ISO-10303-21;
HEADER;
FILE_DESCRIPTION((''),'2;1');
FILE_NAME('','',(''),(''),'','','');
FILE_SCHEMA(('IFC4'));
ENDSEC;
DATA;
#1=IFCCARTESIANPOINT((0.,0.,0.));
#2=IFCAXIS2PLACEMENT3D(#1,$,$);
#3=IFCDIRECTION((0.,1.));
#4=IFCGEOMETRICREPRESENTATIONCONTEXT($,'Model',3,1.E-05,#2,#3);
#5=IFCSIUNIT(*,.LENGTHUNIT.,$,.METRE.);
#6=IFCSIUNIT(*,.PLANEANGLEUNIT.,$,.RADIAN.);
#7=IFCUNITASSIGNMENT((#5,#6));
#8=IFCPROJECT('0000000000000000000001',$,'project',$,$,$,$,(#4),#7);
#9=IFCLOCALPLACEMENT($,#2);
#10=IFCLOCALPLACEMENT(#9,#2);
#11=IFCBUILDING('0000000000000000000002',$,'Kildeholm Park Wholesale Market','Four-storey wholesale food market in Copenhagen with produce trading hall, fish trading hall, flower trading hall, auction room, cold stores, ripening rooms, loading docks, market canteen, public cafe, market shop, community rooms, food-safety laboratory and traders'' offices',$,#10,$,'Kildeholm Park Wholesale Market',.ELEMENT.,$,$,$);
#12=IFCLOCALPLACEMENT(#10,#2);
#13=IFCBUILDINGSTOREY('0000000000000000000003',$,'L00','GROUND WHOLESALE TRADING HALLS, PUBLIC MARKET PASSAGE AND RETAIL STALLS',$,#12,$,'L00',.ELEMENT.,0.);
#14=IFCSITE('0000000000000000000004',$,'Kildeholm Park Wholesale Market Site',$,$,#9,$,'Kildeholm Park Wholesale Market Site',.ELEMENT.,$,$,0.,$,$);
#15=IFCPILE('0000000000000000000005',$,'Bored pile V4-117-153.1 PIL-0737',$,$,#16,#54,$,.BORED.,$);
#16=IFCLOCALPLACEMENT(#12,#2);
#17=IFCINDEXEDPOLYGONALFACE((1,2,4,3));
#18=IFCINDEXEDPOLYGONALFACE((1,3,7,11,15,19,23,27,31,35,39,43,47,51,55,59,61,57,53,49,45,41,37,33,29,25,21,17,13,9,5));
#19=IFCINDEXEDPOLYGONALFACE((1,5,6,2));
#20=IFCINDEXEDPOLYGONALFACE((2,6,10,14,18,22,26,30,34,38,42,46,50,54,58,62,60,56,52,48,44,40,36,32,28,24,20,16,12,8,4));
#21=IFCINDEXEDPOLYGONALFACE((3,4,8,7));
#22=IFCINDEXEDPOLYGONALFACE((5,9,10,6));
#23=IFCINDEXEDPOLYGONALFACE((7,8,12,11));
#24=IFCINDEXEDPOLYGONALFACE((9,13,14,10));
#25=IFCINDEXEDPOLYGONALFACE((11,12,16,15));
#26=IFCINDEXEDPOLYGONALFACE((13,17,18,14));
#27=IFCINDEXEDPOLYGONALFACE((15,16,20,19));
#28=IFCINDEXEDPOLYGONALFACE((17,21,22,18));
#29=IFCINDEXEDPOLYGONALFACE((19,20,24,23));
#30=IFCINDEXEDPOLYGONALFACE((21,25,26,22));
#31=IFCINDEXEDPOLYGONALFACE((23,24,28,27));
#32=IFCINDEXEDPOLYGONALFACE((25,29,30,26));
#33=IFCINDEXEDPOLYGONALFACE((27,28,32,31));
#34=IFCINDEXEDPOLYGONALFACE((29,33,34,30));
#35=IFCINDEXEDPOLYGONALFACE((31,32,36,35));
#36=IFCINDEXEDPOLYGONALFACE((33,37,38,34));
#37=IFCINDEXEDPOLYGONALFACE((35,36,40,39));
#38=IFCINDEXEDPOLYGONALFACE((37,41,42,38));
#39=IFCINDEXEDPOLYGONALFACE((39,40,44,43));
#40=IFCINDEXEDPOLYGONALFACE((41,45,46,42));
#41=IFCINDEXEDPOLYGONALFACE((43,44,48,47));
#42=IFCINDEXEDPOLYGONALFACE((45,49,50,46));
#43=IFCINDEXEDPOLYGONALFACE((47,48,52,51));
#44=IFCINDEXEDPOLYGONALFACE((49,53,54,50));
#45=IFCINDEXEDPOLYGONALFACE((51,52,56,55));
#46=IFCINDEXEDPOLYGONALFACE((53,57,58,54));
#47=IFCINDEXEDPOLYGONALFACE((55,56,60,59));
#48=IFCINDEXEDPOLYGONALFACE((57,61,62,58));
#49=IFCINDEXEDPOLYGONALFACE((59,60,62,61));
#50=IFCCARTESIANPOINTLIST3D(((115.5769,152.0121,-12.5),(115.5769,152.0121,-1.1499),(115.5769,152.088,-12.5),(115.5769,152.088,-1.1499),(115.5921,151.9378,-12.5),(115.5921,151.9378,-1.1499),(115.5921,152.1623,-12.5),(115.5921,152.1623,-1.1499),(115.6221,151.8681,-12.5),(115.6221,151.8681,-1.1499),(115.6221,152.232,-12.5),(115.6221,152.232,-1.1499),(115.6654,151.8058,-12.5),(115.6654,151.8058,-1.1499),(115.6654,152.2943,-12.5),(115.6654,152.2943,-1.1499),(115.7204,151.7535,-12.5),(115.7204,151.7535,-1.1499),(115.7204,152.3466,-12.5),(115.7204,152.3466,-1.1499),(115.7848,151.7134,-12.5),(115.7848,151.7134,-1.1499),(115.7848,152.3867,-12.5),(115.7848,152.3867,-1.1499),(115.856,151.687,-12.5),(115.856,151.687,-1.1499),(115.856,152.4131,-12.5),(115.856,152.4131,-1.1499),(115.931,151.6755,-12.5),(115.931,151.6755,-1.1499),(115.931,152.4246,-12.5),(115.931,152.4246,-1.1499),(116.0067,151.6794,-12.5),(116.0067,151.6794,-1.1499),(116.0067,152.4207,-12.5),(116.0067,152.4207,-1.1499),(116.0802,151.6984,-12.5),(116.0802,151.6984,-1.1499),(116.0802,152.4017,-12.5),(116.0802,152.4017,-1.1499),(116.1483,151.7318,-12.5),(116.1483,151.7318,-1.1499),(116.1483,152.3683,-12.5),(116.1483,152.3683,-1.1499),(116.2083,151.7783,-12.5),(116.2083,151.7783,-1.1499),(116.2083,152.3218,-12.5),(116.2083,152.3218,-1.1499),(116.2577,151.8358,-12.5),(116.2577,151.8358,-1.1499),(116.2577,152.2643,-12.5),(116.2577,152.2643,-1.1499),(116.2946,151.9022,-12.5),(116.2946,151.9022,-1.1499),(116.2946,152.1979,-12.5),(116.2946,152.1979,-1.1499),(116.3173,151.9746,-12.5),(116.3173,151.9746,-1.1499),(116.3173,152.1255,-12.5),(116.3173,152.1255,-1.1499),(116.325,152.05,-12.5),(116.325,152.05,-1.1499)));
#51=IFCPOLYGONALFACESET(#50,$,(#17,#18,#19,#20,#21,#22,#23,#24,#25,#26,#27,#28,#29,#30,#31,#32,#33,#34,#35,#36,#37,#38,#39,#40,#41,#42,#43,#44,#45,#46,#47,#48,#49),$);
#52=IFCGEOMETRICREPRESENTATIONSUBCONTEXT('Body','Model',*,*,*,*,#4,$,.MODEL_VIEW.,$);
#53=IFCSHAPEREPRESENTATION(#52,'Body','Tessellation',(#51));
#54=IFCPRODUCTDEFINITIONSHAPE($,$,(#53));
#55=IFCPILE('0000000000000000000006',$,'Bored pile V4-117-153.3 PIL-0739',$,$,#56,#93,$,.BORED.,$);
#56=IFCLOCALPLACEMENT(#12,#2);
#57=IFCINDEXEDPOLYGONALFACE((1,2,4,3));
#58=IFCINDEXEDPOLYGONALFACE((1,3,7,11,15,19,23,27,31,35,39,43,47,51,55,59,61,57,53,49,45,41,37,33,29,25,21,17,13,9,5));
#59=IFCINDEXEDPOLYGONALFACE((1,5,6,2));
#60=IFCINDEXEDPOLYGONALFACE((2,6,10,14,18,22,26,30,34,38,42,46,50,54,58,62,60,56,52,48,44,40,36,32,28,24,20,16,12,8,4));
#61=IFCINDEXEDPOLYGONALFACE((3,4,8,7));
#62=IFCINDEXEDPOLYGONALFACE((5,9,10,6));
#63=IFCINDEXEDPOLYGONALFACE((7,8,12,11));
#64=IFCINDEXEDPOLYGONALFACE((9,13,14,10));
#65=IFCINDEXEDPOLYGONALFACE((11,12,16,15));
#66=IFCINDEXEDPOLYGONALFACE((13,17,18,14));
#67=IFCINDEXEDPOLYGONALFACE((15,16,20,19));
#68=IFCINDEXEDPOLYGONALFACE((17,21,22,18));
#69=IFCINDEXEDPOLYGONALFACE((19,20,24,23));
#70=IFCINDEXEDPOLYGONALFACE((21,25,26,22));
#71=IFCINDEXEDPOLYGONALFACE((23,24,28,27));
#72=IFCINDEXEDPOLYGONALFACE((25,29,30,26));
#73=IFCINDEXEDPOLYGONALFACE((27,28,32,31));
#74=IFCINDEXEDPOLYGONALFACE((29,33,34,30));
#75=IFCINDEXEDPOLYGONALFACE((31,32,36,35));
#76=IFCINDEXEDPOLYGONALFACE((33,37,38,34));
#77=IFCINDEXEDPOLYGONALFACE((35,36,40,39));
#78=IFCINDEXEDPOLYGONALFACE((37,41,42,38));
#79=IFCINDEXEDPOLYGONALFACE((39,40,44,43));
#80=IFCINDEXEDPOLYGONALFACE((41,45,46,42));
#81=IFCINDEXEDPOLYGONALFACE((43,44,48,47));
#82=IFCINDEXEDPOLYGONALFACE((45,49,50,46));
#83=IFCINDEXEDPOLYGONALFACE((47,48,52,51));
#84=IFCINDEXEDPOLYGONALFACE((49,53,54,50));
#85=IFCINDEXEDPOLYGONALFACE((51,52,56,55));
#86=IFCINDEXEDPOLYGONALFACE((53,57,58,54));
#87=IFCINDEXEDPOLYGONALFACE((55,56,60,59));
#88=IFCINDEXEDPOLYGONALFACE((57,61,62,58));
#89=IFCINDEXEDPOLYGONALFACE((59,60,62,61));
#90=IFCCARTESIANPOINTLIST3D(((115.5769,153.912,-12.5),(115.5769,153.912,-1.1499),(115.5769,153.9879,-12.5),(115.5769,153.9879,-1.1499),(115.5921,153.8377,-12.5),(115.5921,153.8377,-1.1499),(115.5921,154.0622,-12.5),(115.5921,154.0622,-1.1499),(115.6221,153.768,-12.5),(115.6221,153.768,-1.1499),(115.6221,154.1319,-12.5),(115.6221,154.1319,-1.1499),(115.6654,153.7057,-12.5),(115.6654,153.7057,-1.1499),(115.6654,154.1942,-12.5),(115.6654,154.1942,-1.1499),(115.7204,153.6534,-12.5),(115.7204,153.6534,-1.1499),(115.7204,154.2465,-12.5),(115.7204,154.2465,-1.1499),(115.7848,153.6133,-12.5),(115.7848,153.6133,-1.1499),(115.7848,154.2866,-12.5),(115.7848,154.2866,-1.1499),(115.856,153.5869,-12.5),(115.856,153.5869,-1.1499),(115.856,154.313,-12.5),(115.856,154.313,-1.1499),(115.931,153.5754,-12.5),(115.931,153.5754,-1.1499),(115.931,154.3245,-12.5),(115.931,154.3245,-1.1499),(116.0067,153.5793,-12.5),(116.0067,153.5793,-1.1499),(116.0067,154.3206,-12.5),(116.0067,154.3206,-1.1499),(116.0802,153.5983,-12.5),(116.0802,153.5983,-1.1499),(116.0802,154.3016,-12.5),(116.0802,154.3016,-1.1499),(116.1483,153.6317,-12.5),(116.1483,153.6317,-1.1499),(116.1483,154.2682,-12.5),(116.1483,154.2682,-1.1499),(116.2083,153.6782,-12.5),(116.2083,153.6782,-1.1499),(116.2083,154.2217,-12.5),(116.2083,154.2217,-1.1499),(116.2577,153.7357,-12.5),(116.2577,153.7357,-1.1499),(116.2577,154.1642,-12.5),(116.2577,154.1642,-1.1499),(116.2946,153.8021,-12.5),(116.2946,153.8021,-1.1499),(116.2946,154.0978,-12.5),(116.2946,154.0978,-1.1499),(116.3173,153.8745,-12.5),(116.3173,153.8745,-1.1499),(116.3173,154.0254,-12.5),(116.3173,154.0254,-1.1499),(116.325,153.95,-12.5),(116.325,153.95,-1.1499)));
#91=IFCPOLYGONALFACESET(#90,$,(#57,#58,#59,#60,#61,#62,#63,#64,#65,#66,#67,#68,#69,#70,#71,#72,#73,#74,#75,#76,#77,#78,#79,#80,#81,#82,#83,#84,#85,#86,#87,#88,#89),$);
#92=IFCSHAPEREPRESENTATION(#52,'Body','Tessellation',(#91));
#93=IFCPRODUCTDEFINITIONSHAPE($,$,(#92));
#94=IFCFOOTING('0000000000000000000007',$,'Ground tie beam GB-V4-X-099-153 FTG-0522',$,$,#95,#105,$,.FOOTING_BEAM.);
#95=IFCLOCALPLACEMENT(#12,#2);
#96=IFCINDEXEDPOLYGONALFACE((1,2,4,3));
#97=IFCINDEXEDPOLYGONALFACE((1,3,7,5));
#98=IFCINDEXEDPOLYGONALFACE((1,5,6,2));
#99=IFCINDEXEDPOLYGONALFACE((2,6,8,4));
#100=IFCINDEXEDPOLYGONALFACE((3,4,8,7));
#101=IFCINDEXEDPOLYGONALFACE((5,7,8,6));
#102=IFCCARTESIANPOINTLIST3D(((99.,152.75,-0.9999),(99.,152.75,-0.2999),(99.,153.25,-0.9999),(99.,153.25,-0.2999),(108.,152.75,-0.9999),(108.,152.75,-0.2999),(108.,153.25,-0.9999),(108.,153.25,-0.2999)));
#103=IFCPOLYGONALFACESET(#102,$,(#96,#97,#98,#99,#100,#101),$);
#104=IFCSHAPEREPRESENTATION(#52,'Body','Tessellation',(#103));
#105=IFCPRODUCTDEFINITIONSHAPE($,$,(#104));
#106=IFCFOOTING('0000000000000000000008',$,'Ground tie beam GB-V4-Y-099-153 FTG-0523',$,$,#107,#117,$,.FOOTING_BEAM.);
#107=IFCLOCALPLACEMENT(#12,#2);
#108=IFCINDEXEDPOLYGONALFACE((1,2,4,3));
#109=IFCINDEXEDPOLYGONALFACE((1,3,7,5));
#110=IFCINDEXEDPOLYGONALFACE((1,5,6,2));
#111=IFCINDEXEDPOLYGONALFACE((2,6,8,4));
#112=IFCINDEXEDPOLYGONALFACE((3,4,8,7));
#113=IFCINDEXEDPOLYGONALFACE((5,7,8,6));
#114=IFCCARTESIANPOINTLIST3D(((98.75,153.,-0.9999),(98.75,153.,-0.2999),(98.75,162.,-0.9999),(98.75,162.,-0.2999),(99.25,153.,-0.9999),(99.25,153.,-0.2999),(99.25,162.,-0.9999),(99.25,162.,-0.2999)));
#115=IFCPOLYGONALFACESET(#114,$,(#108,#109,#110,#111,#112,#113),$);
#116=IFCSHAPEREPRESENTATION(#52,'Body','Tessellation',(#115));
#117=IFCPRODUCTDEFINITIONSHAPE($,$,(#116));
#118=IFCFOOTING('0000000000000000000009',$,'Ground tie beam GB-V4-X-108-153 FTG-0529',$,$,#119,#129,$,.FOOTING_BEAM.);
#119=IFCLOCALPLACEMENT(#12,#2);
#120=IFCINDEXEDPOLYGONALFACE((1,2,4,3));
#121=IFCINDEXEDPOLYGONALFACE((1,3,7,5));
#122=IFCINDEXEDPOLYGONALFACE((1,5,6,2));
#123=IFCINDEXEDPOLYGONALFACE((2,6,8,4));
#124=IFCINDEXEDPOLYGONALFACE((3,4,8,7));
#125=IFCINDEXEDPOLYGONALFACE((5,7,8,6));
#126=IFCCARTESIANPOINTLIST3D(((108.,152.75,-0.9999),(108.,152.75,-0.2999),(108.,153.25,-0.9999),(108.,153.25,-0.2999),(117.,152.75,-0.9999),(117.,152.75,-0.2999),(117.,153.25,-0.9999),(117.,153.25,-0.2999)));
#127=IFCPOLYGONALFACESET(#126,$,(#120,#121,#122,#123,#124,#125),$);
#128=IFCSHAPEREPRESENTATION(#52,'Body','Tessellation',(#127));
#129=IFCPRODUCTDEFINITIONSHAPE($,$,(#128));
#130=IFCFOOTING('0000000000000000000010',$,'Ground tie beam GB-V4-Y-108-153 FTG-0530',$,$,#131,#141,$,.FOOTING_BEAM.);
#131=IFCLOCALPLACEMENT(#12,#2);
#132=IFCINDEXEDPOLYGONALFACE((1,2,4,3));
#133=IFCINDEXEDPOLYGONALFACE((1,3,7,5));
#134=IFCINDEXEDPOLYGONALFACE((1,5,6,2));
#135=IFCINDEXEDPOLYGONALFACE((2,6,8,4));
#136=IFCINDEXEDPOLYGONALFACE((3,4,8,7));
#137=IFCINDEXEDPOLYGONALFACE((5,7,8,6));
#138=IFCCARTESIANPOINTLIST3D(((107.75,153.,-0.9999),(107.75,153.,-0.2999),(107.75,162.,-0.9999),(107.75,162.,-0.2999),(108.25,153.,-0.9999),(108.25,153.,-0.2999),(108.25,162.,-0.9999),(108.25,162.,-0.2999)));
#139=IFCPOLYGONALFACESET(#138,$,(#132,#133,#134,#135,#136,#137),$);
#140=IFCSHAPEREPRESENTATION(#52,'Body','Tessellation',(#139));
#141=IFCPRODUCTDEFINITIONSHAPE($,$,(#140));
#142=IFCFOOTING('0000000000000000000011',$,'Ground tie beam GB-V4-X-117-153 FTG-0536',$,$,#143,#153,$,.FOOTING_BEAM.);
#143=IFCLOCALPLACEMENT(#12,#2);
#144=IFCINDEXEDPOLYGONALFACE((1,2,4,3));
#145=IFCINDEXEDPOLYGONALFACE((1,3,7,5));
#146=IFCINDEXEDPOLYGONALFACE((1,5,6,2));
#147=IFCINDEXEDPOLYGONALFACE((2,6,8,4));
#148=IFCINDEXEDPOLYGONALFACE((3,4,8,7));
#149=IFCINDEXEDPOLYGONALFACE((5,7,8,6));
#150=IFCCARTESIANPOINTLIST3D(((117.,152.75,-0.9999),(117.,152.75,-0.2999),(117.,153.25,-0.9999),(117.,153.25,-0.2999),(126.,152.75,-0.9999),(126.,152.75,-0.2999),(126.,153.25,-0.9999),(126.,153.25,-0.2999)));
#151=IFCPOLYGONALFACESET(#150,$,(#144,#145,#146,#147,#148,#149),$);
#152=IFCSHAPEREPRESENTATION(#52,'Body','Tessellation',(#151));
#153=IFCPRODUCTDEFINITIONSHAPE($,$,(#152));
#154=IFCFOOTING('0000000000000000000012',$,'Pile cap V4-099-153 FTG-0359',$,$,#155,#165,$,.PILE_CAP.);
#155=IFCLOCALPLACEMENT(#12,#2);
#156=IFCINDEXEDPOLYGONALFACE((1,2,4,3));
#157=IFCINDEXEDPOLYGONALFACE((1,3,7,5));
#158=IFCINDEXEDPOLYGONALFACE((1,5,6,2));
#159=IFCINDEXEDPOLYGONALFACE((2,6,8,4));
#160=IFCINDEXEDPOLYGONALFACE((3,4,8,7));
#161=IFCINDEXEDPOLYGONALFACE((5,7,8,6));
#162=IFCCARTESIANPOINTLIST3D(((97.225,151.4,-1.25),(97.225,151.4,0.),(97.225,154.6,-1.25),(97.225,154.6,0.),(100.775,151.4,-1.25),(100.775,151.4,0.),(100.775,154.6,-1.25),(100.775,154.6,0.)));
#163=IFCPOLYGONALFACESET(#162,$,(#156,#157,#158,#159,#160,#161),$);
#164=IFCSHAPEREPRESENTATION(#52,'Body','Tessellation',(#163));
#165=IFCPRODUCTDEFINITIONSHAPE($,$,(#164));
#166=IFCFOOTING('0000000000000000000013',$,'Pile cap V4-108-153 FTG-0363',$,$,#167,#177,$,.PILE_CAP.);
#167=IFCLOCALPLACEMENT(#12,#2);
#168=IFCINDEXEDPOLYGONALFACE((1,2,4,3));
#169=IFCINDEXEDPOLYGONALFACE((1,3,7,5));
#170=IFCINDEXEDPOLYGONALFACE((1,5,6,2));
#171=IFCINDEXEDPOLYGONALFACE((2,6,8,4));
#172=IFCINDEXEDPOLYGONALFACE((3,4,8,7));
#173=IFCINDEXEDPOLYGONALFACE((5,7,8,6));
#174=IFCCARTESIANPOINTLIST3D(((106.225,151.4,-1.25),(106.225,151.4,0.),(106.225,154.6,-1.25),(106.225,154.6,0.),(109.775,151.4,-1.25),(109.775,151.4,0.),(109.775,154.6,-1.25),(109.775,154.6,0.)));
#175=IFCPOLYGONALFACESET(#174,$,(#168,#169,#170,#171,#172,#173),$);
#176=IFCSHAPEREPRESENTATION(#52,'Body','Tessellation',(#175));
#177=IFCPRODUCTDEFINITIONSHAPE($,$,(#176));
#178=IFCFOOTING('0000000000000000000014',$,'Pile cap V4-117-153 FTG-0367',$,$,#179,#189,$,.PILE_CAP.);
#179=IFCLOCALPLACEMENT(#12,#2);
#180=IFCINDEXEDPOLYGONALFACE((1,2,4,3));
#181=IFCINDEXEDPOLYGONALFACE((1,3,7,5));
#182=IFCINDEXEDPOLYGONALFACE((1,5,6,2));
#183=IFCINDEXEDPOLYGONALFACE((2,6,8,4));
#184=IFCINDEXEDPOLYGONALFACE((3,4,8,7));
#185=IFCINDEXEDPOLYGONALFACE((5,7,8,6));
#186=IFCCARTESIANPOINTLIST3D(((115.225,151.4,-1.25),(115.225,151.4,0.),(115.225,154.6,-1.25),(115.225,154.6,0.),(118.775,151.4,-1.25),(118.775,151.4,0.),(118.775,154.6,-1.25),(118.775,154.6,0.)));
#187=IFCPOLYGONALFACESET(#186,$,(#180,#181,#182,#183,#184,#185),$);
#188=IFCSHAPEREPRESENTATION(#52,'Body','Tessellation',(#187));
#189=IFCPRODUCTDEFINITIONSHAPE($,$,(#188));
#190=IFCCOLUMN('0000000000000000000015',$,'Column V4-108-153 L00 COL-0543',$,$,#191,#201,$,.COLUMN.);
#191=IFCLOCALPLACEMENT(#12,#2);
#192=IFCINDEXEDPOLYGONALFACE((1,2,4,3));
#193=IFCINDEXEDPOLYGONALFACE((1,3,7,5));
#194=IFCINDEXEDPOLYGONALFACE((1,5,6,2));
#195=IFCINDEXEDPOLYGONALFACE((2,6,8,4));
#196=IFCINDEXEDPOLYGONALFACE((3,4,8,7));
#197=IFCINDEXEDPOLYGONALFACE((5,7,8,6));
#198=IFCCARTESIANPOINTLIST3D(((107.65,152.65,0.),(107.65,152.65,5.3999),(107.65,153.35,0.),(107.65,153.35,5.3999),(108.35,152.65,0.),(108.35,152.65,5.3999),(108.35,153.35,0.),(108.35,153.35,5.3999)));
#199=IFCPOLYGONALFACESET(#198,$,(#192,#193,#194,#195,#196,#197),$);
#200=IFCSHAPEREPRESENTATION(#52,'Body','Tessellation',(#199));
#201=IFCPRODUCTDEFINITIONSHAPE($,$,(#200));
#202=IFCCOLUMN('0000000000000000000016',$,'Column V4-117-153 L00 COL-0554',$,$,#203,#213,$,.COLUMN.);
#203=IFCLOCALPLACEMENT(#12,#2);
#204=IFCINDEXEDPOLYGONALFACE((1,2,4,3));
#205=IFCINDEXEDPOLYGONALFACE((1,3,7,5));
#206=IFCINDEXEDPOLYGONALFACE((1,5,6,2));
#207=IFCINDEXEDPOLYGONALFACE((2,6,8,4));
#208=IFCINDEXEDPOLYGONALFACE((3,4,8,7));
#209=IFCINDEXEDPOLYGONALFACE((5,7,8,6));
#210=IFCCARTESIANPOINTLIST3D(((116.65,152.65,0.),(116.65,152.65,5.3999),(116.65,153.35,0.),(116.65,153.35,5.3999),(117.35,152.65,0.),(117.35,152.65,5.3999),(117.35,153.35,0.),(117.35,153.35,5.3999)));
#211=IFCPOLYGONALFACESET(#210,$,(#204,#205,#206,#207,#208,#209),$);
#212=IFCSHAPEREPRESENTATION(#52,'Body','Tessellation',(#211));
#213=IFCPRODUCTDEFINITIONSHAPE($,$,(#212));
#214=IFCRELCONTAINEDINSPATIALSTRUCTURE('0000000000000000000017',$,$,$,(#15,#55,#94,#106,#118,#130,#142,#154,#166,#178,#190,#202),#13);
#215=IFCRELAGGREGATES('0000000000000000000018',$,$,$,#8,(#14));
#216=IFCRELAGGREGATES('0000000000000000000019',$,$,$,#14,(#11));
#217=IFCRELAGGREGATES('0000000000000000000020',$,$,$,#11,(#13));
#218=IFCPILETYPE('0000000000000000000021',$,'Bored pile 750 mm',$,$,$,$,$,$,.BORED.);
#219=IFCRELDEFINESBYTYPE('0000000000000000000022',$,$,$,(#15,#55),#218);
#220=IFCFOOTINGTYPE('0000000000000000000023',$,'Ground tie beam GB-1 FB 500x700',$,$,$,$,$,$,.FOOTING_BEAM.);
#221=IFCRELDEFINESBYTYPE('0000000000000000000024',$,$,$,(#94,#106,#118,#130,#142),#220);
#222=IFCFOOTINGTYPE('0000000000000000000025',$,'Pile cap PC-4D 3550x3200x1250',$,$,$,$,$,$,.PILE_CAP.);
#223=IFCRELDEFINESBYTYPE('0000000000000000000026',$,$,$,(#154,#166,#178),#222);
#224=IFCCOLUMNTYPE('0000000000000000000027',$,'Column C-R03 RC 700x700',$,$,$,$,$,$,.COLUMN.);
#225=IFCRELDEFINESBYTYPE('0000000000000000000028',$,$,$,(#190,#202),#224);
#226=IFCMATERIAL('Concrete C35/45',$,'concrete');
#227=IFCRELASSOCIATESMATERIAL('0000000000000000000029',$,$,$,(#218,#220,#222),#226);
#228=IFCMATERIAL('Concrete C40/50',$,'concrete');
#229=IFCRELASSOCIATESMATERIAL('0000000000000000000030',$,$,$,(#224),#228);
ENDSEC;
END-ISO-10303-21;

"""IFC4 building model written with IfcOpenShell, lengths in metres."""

from ifc_helpers import new_model, si_unit, direction, frame, origin, origin_2d, place, context, subcontext, project, spatial, rectangle, circle, extrude, material, material_profile, profile_set, type_object, element, save


model = new_model("IFC4")

# Units and contexts
model_context = context("Model", 3, precision=1e-05, world=origin(), true_north=direction((0.0, 1.0)))
body_context = subcontext(model_context, "Body", "Model", "MODEL_VIEW")
ifc_project = project(units=[si_unit("LENGTHUNIT", "METRE"), si_unit("PLANEANGLEUNIT", "RADIAN")], contexts=[model_context])

# Site, building, storey
site_placement = place(None, origin())
site = spatial("IfcSite", under=ifc_project, at=site_placement, Name="Kildeholm Park Wholesale Market Site", LongName="Kildeholm Park Wholesale Market Site", CompositionType="ELEMENT", RefElevation=0.0)
building_placement = place(site_placement, origin())
building = spatial("IfcBuilding", under=site, at=building_placement, Name="Kildeholm Park Wholesale Market", Description="Four-storey wholesale food market in Copenhagen with produce trading hall, fish trading hall, flower trading hall, auction room, cold stores, ripening rooms, loading docks, market canteen, public cafe, market shop, community rooms, food-safety laboratory and traders' offices", LongName="Kildeholm Park Wholesale Market", CompositionType="ELEMENT")
storey_placement = place(building_placement, origin())
storey = spatial("IfcBuildingStorey", under=building, at=storey_placement, Name="L00", Description="GROUND WHOLESALE TRADING HALLS, PUBLIC MARKET PASSAGE AND RETAIL STALLS", LongName="L00", CompositionType="ELEMENT", Elevation=0.0)

# Piles
ifc_material_1 = material(Name="Concrete C35/45", Category="concrete")
ifc_material_profile_1 = material_profile(ifc_material_1, circle(Radius=0.375, at=origin_2d()), Name="PILE D750")
ifc_profile_set_1 = profile_set([ifc_material_profile_1], Name="Concrete C35/45")
pile_type = type_object("IfcPileType", Name="Bored pile 750 mm", PredefinedType="BORED", material=ifc_profile_set_1)
for number, where, z_axis, x_axis, name in (
    (1, (115.95, 152.05, -1.1499), (0.0, 0.0, -1.0), (1.0, 0.0, 0.0), "Bored pile V4-117-153.1 PIL-0737"),
    (2, (115.95, 153.95, -1.1499), (0.0, 0.0, -1.0), (1.0, 0.0, 0.0), "Bored pile V4-117-153.3 PIL-0739"),
):
    element("IfcPile", number, at=place(storey_placement, frame(where, z_axis=z_axis, x_axis=x_axis)), inside=storey, type_object=pile_type, Name=name, PredefinedType="BORED", context=body_context, shape_type="SweptSolid", body=[
        extrude(circle(Radius=0.375, at=origin_2d()), origin(), (0.0, 0.0, 1.0), 11.3501),
    ])

# Footings
ifc_material_profile_2 = material_profile(ifc_material_1, rectangle(XDim=0.5, YDim=0.7, at=origin_2d()), Name="FB 500x700")
ifc_profile_set_2 = profile_set([ifc_material_profile_2], Name="Concrete C35/45")
footing_type_1 = type_object("IfcFootingType", Name="Ground tie beam GB-1 FB 500x700", PredefinedType="FOOTING_BEAM", material=ifc_profile_set_2)
for number, where, z_axis, x_axis, name in (
    (3, (99.0, 153.0, -0.6499), (1.0, 0.0, 0.0), (0.0, 1.0, 0.0), "Ground tie beam GB-V4-X-099-153 FTG-0522"),
    (4, (99.0, 153.0, -0.6499), (0.0, 1.0, 0.0), (-1.0, 0.0, 0.0), "Ground tie beam GB-V4-Y-099-153 FTG-0523"),
    (5, (108.0, 153.0, -0.6499), (1.0, 0.0, 0.0), (0.0, 1.0, 0.0), "Ground tie beam GB-V4-X-108-153 FTG-0529"),
    (6, (108.0, 153.0, -0.6499), (0.0, 1.0, 0.0), (-1.0, 0.0, 0.0), "Ground tie beam GB-V4-Y-108-153 FTG-0530"),
    (7, (117.0, 153.0, -0.6499), (1.0, 0.0, 0.0), (0.0, 1.0, 0.0), "Ground tie beam GB-V4-X-117-153 FTG-0536"),
):
    element("IfcFooting", number, at=place(storey_placement, frame(where, z_axis=z_axis, x_axis=x_axis)), inside=storey, type_object=footing_type_1, Name=name, PredefinedType="FOOTING_BEAM", context=body_context, shape_type="SweptSolid", body=[
        extrude(rectangle(XDim=0.5, YDim=0.7, at=origin_2d()), origin(), (0.0, 0.0, 1.0), 9.0),
    ])
footing_type_2 = type_object("IfcFootingType", Name="Pile cap PC-4D 3550x3200x1250", PredefinedType="PILE_CAP", material=ifc_material_1)
for number, where, z_axis, x_axis, name in (
    (8, (99.0, 153.0, -1.25), (0.0, 0.0, 1.0), (1.0, 0.0, 0.0), "Pile cap V4-099-153 FTG-0359"),
    (9, (108.0, 153.0, -1.25), (0.0, 0.0, 1.0), (1.0, 0.0, 0.0), "Pile cap V4-108-153 FTG-0363"),
    (10, (117.0, 153.0, -1.25), (0.0, 0.0, 1.0), (1.0, 0.0, 0.0), "Pile cap V4-117-153 FTG-0367"),
):
    element("IfcFooting", number, at=place(storey_placement, frame(where, z_axis=z_axis, x_axis=x_axis)), inside=storey, type_object=footing_type_2, Name=name, PredefinedType="PILE_CAP", context=body_context, shape_type="SweptSolid", body=[
        extrude(rectangle(XDim=3.55, YDim=3.2, at=origin_2d()), origin(), (0.0, 0.0, 1.0), 1.25),
    ])

# Columns
ifc_material_2 = material(Name="Concrete C40/50", Category="concrete")
ifc_material_profile_3 = material_profile(ifc_material_2, rectangle(XDim=0.7, YDim=0.7, at=origin_2d()), Name="RC 700x700")
ifc_profile_set_3 = profile_set([ifc_material_profile_3], Name="Concrete C40/50")
column_type_1 = type_object("IfcColumnType", Name="Column C-R03 RC 700x700", PredefinedType="COLUMN", material=ifc_profile_set_3)
for number, where, z_axis, x_axis, name in (
    (11, (108.0, 153.0, 0.0), (0.0, 0.0, 1.0), (1.0, 0.0, 0.0), "Column V4-108-153 L00 COL-0543"),
    (12, (117.0, 153.0, 0.0), (0.0, 0.0, 1.0), (1.0, 0.0, 0.0), "Column V4-117-153 L00 COL-0554"),
):
    element("IfcColumn", number, at=place(storey_placement, frame(where, z_axis=z_axis, x_axis=x_axis)), inside=storey, type_object=column_type_1, Name=name, PredefinedType="COLUMN", context=body_context, shape_type="SweptSolid", body=[
        extrude(rectangle(XDim=0.7, YDim=0.7, at=origin_2d()), origin(), (0.0, 0.0, 1.0), 5.3999),
    ])

save(model, "model.ifc")
